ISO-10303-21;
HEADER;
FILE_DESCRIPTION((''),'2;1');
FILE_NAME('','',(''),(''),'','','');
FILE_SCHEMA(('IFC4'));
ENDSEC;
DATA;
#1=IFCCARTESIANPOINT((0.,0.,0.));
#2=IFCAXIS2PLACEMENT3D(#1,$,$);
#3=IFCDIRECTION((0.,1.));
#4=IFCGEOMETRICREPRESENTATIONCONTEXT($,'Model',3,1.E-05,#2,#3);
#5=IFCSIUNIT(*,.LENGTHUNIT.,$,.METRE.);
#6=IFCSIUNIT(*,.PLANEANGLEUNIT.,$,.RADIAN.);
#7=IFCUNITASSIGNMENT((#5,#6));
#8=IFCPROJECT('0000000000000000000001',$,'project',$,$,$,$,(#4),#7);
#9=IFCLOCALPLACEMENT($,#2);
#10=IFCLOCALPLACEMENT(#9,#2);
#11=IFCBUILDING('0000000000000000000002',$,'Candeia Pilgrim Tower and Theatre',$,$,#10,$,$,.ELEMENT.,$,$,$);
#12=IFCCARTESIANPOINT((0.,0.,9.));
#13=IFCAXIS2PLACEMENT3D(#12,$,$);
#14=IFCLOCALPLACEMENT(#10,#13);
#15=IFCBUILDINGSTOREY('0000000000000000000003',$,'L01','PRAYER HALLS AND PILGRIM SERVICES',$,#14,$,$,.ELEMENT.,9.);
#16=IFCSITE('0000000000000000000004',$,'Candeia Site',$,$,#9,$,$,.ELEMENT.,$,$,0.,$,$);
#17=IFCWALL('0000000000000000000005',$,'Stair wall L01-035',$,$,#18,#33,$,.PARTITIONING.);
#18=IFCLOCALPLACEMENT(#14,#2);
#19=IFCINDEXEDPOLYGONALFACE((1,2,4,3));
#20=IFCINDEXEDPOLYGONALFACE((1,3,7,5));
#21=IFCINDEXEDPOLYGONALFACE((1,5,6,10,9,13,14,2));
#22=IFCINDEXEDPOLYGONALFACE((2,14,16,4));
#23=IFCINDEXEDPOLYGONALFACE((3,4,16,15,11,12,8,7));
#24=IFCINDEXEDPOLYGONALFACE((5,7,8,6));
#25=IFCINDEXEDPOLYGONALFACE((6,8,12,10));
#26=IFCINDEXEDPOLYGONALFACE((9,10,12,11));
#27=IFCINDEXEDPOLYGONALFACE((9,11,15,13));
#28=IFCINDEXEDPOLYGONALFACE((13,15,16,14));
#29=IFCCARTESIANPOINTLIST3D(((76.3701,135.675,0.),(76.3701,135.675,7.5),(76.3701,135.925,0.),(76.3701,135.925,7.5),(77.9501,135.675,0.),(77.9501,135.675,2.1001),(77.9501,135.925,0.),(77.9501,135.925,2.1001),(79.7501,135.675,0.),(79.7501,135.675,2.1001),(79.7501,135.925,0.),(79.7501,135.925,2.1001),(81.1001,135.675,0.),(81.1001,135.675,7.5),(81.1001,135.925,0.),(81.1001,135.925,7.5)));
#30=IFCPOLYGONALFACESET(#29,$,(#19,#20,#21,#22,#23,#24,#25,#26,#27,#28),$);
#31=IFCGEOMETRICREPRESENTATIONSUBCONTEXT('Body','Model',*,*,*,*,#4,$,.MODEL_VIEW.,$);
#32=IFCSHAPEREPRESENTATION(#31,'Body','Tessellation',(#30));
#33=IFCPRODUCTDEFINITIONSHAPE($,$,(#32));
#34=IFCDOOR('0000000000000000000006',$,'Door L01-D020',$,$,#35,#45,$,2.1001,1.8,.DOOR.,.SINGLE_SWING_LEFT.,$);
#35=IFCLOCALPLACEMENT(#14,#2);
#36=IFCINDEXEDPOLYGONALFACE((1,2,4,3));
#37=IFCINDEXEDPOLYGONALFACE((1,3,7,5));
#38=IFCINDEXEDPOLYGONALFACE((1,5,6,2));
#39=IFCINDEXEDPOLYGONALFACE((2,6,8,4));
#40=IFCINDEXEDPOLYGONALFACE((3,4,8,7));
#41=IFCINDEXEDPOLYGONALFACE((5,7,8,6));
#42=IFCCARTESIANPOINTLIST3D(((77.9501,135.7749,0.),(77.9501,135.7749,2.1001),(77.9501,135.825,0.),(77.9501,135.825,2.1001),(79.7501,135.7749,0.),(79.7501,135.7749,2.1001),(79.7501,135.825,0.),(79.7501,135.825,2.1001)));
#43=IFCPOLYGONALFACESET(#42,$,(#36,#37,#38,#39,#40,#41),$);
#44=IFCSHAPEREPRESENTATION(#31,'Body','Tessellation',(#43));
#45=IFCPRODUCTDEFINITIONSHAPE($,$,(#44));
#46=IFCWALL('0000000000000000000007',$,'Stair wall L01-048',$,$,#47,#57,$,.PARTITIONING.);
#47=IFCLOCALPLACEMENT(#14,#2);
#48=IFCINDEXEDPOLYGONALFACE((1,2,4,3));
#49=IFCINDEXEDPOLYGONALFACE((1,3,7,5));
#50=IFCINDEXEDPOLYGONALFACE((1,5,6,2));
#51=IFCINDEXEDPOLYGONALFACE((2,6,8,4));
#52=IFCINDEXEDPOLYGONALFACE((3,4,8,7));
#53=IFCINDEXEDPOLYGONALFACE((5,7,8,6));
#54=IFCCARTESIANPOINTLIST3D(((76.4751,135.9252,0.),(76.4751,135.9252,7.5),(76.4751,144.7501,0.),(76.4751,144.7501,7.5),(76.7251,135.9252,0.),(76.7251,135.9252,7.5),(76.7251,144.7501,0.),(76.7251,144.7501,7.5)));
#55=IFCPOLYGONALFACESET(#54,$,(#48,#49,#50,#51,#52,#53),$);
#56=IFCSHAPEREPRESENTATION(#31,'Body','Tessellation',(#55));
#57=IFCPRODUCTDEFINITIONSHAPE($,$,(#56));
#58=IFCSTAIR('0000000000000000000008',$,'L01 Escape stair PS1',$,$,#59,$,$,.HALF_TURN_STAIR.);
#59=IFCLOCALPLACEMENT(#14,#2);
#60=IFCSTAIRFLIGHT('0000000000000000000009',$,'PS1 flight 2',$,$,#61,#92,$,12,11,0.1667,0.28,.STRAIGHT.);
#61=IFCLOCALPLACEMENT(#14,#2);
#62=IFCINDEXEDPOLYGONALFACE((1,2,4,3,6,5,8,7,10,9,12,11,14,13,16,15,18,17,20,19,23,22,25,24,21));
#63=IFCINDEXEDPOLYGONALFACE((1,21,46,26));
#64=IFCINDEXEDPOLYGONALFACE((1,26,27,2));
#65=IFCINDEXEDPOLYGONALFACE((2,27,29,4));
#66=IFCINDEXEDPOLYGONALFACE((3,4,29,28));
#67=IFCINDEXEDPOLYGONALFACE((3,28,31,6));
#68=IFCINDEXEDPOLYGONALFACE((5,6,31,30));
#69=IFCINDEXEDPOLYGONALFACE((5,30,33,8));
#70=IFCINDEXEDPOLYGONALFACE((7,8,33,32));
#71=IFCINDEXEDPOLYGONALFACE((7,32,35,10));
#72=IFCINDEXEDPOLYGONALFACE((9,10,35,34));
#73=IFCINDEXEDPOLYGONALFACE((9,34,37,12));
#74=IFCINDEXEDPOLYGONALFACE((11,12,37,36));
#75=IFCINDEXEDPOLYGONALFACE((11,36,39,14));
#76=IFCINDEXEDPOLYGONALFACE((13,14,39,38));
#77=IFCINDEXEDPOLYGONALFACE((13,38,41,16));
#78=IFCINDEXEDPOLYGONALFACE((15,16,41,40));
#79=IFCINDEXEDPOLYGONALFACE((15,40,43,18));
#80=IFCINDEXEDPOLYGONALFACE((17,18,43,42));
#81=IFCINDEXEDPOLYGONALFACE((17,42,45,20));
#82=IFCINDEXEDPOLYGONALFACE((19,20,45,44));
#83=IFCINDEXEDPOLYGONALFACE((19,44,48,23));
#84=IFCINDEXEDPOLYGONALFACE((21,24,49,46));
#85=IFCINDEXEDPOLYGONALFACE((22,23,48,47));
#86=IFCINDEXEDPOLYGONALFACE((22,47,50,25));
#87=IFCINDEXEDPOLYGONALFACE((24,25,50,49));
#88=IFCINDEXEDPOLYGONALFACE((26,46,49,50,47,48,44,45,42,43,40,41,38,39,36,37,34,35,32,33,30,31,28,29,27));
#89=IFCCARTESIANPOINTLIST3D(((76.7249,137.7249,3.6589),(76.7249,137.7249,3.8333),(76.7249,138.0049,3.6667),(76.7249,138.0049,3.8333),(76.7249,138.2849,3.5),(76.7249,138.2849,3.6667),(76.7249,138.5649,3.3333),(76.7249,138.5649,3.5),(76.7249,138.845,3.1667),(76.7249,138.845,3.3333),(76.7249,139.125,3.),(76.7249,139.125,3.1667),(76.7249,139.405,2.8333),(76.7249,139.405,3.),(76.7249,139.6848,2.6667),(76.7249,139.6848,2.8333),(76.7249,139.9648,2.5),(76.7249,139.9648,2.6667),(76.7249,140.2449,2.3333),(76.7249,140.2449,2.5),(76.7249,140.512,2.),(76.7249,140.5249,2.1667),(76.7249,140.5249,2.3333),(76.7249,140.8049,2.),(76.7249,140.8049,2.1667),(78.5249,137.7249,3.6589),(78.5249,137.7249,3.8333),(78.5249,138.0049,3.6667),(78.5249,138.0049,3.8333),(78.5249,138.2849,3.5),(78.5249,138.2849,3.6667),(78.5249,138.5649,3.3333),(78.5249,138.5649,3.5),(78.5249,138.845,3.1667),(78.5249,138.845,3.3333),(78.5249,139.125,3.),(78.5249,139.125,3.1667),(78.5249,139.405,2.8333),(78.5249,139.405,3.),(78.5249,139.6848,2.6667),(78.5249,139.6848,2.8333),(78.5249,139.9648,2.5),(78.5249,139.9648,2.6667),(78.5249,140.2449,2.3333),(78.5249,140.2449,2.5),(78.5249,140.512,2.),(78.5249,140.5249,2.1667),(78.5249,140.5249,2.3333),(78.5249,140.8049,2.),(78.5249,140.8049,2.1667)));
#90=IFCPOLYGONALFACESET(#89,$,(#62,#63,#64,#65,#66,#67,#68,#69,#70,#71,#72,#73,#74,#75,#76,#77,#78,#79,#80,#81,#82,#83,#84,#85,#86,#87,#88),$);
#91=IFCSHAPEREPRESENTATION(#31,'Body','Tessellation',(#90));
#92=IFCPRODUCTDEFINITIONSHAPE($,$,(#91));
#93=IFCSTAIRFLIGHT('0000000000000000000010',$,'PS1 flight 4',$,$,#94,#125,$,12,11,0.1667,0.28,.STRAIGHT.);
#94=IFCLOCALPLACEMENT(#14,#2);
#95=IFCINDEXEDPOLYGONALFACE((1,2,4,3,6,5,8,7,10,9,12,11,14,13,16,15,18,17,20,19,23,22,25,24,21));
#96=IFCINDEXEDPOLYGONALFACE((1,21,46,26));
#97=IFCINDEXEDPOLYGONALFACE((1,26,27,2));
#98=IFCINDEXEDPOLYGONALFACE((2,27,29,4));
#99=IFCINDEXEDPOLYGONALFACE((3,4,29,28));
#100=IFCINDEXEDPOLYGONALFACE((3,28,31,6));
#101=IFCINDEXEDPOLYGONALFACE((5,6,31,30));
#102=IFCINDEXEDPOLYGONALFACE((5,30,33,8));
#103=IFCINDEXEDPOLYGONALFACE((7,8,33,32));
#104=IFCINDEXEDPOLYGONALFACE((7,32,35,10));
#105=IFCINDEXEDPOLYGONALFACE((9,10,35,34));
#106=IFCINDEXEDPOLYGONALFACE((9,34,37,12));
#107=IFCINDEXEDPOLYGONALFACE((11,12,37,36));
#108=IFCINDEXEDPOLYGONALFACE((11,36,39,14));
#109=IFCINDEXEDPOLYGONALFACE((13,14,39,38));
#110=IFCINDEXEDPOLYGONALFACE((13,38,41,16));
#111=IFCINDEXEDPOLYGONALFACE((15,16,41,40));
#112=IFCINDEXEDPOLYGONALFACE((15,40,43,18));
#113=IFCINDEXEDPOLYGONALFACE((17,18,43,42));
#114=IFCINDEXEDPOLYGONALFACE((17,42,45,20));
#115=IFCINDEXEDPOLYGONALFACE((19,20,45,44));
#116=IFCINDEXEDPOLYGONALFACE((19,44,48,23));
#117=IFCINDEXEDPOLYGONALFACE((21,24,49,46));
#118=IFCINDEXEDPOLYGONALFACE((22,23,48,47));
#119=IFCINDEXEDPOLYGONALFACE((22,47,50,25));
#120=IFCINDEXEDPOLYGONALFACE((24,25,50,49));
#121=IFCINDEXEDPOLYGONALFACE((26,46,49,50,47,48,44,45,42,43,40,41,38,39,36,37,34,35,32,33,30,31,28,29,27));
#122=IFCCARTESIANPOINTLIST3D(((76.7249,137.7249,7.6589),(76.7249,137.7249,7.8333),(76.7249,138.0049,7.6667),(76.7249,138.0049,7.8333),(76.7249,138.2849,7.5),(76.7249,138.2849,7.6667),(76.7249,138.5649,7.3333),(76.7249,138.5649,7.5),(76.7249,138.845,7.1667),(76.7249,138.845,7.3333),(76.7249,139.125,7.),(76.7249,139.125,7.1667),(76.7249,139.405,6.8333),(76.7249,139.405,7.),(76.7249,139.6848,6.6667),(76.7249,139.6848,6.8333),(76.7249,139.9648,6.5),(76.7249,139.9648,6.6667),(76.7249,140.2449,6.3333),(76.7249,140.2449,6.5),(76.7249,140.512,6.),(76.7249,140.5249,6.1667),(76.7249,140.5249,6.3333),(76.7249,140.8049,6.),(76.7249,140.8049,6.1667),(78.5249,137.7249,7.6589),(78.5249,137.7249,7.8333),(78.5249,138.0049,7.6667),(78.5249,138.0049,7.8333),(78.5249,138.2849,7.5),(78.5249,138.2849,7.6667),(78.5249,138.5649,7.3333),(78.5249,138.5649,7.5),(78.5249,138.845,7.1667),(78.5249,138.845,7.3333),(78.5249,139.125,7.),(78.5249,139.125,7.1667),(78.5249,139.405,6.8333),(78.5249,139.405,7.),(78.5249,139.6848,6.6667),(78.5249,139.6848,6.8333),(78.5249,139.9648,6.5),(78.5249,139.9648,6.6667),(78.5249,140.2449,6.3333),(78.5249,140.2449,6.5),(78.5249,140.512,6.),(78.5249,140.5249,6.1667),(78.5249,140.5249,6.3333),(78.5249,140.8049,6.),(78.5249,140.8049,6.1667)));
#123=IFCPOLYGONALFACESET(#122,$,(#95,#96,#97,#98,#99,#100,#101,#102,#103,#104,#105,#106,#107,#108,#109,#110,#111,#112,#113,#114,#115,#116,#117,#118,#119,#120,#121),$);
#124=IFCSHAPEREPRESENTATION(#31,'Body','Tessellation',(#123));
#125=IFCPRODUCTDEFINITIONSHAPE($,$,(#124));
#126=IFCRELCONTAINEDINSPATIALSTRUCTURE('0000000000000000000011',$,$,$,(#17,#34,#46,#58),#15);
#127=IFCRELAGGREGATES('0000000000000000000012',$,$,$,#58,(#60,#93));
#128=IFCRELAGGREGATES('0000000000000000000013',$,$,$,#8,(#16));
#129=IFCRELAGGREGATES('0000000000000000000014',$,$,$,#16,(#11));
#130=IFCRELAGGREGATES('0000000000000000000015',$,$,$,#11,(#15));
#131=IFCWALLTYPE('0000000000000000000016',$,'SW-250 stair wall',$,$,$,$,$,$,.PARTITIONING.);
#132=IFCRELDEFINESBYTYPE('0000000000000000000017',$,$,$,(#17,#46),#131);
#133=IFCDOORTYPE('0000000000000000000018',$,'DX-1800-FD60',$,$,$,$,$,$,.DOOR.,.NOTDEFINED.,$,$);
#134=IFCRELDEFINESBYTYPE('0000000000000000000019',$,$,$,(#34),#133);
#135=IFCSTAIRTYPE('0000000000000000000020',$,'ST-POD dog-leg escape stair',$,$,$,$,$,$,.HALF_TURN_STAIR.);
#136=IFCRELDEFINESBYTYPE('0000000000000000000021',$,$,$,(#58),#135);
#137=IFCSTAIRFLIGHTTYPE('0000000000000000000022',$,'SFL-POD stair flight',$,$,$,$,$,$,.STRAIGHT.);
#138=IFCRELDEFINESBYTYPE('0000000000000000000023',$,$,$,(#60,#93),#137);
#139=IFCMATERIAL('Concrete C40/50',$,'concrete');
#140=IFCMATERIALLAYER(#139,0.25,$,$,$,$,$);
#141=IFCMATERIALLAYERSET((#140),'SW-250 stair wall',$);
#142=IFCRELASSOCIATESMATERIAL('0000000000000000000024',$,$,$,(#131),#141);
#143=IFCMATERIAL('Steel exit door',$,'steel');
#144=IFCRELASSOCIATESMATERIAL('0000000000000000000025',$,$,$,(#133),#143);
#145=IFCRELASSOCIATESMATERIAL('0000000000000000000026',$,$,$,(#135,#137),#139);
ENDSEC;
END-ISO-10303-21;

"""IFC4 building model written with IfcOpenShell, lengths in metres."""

from ifc_helpers import new_model, si_unit, direction, frame, frame_2d, origin, place, context, subcontext, project, spatial, polyline, rectangle, outline, extrude, material, layer, layer_set, type_object, element, fill, aggregate, save


model = new_model("IFC4")

# Units and contexts
model_context = context("Model", 3, precision=1e-05, world=origin(), true_north=direction((0.0, 1.0)))
body_context = subcontext(model_context, "Body", "Model", "MODEL_VIEW")
ifc_project = project(units=[si_unit("LENGTHUNIT", "METRE"), si_unit("PLANEANGLEUNIT", "RADIAN")], contexts=[model_context])

# Site, building, storey
site_placement = place(None, origin())
site = spatial("IfcSite", under=ifc_project, at=site_placement, Name="Candeia Site", CompositionType="ELEMENT", RefElevation=0.0)
building_placement = place(site_placement, origin())
building = spatial("IfcBuilding", under=site, at=building_placement, Name="Candeia Pilgrim Tower and Theatre", CompositionType="ELEMENT")
storey_placement = place(building_placement, frame((0.0, 0.0, 9.0)))
storey = spatial("IfcBuildingStorey", under=building, at=storey_placement, Name="L01", Description="PRAYER HALLS AND PILGRIM SERVICES", CompositionType="ELEMENT", Elevation=9.0)

# Wall, opening, door
ifc_material_1 = material(Name="Concrete C40/50", Category="concrete")
ifc_layer_1 = layer(ifc_material_1, 0.25)
ifc_layer_set_1 = layer_set([ifc_layer_1], Name="SW-250 stair wall")
wall_type_1 = type_object("IfcWallType", Name="SW-250 stair wall", PredefinedType="PARTITIONING", material=ifc_layer_set_1)
wall_1_placement = place(storey_placement, frame((76.3701, 135.8, 0.0), z_axis=(0.0, 0.0, 1.0), x_axis=(1.0, 0.0, 0.0)))
wall_1 = element("IfcWall", 1, at=wall_1_placement, inside=storey, type_object=wall_type_1, Name="Stair wall L01-035", PredefinedType="PARTITIONING", context=body_context, shape_type="SweptSolid", body=[
    extrude(rectangle(XDim=4.73, YDim=0.25, at=frame_2d((2.365, 0.0))), origin(), (0.0, 0.0, 1.0), 7.5),
])
opening_1_placement = place(wall_1_placement, frame((1.5801, 0.0, 0.0)))
opening_1 = element("IfcOpeningElement", 2, at=opening_1_placement, cuts=wall_1, PredefinedType="OPENING", context=body_context, shape_type="SweptSolid", body=[
    extrude(rectangle(XDim=1.8, YDim=2.1001, at=frame_2d((0.8999, 1.05))), frame((0.0, 0.135, 0.0), z_axis=(0.0, -1.0, 0.0), x_axis=(1.0, 0.0, 0.0)), (0.0, 0.0, 1.0), 0.27),
])
ifc_material_2 = material(Name="Steel exit door", Category="steel")
door_type_1 = type_object("IfcDoorType", Name="DX-1800-FD60", OperationType="NOTDEFINED", PredefinedType="DOOR", material=ifc_material_2)
door_1_placement = place(opening_1_placement, origin())
door_1 = element("IfcDoor", 3, at=door_1_placement, inside=storey, type_object=door_type_1, Name="Door L01-D020", OperationType="SINGLE_SWING_LEFT", OverallHeight=2.1001, OverallWidth=1.8, PredefinedType="DOOR", context=body_context, shape_type="SweptSolid", body=[
    extrude(rectangle(XDim=1.8, YDim=2.1001, at=frame_2d((0.8999, 1.05))), frame((0.0, 0.0249, 0.0), z_axis=(0.0, -1.0, 0.0), x_axis=(1.0, 0.0, 0.0)), (0.0, 0.0, 1.0), 0.05),
])
fill(opening_1, door_1)

# Wall
wall_2_placement = place(storey_placement, frame((76.6001, 135.925, 0.0), z_axis=(0.0, 0.0, 1.0), x_axis=(0.0, 1.0, 0.0)))
element("IfcWall", 4, at=wall_2_placement, inside=storey, type_object=wall_type_1, Name="Stair wall L01-048", PredefinedType="PARTITIONING", context=body_context, shape_type="SweptSolid", body=[
    extrude(rectangle(XDim=8.825, YDim=0.25, at=frame_2d((4.4126, 0.0))), origin(), (0.0, 0.0, 1.0), 7.5),
])

# Stair, stair flights
stair_type = type_object("IfcStairType", Name="ST-POD dog-leg escape stair", PredefinedType="HALF_TURN_STAIR", material=ifc_material_1)
stair_placement = place(storey_placement, origin())
stair = element("IfcStair", 5, at=stair_placement, inside=storey, type_object=stair_type, Name="L01 Escape stair PS1", PredefinedType="HALF_TURN_STAIR")
stair_flight_type = type_object("IfcStairFlightType", Name="SFL-POD stair flight", PredefinedType="STRAIGHT", material=ifc_material_1)
stair_flight_1_placement = place(storey_placement, frame((77.625, 140.8049, 2.0), z_axis=(0.0, 0.0, 1.0), x_axis=(0.0, -1.0, 0.0)))
stair_flight_1 = element("IfcStairFlight", 6, at=stair_flight_1_placement, type_object=stair_flight_type, Name="PS1 flight 2", NumberOfRisers=12, NumberOfTreads=11, PredefinedType="STRAIGHT", RiserHeight=0.1667, TreadLength=0.28, context=body_context, shape_type="SweptSolid", body=[
    extrude(outline(polyline([(0.0, 0.0), (0.0, 0.1667), (0.28, 0.1667), (0.28, 0.3333), (0.5601, 0.3333), (0.5601, 0.5), (0.8401, 0.5), (0.8401, 0.6667), (1.1201, 0.6667), (1.1201, 0.8333), (1.3999, 0.8333), (1.3999, 1.0), (1.6799, 1.0), (1.6799, 1.1667), (1.96, 1.1667), (1.96, 1.3333), (2.24, 1.3333), (2.24, 1.5), (2.52, 1.5), (2.52, 1.6667), (2.8, 1.6667), (2.8, 1.8333), (3.0801, 1.8333), (3.0801, 2.0), (3.0801, 1.6589), (0.293, 0.0), (0.0, 0.0)])), frame((0.0, 0.8999, 0.0), z_axis=(0.0, -1.0, 0.0), x_axis=(1.0, 0.0, 0.0)), (0.0, 0.0, 1.0), 1.8),
])
stair_flight_2_placement = place(storey_placement, frame((77.625, 140.8049, 6.0), z_axis=(0.0, 0.0, 1.0), x_axis=(0.0, -1.0, 0.0)))
stair_flight_2 = element("IfcStairFlight", 7, at=stair_flight_2_placement, type_object=stair_flight_type, Name="PS1 flight 4", NumberOfRisers=12, NumberOfTreads=11, PredefinedType="STRAIGHT", RiserHeight=0.1667, TreadLength=0.28, context=body_context, shape_type="SweptSolid", body=[
    extrude(outline(polyline([(0.0, 0.0), (0.0, 0.1667), (0.28, 0.1667), (0.28, 0.3333), (0.5601, 0.3333), (0.5601, 0.5), (0.8401, 0.5), (0.8401, 0.6667), (1.1201, 0.6667), (1.1201, 0.8333), (1.3999, 0.8333), (1.3999, 1.0), (1.6799, 1.0), (1.6799, 1.1667), (1.96, 1.1667), (1.96, 1.3333), (2.24, 1.3333), (2.24, 1.5), (2.52, 1.5), (2.52, 1.6667), (2.8, 1.6667), (2.8, 1.8333), (3.0801, 1.8333), (3.0801, 2.0), (3.0801, 1.6589), (0.293, 0.0), (0.0, 0.0)])), frame((0.0, 0.8999, 0.0), z_axis=(0.0, -1.0, 0.0), x_axis=(1.0, 0.0, 0.0)), (0.0, 0.0, 1.0), 1.8),
])
aggregate(stair, [stair_flight_1, stair_flight_2])

save(model, "model.ifc")
